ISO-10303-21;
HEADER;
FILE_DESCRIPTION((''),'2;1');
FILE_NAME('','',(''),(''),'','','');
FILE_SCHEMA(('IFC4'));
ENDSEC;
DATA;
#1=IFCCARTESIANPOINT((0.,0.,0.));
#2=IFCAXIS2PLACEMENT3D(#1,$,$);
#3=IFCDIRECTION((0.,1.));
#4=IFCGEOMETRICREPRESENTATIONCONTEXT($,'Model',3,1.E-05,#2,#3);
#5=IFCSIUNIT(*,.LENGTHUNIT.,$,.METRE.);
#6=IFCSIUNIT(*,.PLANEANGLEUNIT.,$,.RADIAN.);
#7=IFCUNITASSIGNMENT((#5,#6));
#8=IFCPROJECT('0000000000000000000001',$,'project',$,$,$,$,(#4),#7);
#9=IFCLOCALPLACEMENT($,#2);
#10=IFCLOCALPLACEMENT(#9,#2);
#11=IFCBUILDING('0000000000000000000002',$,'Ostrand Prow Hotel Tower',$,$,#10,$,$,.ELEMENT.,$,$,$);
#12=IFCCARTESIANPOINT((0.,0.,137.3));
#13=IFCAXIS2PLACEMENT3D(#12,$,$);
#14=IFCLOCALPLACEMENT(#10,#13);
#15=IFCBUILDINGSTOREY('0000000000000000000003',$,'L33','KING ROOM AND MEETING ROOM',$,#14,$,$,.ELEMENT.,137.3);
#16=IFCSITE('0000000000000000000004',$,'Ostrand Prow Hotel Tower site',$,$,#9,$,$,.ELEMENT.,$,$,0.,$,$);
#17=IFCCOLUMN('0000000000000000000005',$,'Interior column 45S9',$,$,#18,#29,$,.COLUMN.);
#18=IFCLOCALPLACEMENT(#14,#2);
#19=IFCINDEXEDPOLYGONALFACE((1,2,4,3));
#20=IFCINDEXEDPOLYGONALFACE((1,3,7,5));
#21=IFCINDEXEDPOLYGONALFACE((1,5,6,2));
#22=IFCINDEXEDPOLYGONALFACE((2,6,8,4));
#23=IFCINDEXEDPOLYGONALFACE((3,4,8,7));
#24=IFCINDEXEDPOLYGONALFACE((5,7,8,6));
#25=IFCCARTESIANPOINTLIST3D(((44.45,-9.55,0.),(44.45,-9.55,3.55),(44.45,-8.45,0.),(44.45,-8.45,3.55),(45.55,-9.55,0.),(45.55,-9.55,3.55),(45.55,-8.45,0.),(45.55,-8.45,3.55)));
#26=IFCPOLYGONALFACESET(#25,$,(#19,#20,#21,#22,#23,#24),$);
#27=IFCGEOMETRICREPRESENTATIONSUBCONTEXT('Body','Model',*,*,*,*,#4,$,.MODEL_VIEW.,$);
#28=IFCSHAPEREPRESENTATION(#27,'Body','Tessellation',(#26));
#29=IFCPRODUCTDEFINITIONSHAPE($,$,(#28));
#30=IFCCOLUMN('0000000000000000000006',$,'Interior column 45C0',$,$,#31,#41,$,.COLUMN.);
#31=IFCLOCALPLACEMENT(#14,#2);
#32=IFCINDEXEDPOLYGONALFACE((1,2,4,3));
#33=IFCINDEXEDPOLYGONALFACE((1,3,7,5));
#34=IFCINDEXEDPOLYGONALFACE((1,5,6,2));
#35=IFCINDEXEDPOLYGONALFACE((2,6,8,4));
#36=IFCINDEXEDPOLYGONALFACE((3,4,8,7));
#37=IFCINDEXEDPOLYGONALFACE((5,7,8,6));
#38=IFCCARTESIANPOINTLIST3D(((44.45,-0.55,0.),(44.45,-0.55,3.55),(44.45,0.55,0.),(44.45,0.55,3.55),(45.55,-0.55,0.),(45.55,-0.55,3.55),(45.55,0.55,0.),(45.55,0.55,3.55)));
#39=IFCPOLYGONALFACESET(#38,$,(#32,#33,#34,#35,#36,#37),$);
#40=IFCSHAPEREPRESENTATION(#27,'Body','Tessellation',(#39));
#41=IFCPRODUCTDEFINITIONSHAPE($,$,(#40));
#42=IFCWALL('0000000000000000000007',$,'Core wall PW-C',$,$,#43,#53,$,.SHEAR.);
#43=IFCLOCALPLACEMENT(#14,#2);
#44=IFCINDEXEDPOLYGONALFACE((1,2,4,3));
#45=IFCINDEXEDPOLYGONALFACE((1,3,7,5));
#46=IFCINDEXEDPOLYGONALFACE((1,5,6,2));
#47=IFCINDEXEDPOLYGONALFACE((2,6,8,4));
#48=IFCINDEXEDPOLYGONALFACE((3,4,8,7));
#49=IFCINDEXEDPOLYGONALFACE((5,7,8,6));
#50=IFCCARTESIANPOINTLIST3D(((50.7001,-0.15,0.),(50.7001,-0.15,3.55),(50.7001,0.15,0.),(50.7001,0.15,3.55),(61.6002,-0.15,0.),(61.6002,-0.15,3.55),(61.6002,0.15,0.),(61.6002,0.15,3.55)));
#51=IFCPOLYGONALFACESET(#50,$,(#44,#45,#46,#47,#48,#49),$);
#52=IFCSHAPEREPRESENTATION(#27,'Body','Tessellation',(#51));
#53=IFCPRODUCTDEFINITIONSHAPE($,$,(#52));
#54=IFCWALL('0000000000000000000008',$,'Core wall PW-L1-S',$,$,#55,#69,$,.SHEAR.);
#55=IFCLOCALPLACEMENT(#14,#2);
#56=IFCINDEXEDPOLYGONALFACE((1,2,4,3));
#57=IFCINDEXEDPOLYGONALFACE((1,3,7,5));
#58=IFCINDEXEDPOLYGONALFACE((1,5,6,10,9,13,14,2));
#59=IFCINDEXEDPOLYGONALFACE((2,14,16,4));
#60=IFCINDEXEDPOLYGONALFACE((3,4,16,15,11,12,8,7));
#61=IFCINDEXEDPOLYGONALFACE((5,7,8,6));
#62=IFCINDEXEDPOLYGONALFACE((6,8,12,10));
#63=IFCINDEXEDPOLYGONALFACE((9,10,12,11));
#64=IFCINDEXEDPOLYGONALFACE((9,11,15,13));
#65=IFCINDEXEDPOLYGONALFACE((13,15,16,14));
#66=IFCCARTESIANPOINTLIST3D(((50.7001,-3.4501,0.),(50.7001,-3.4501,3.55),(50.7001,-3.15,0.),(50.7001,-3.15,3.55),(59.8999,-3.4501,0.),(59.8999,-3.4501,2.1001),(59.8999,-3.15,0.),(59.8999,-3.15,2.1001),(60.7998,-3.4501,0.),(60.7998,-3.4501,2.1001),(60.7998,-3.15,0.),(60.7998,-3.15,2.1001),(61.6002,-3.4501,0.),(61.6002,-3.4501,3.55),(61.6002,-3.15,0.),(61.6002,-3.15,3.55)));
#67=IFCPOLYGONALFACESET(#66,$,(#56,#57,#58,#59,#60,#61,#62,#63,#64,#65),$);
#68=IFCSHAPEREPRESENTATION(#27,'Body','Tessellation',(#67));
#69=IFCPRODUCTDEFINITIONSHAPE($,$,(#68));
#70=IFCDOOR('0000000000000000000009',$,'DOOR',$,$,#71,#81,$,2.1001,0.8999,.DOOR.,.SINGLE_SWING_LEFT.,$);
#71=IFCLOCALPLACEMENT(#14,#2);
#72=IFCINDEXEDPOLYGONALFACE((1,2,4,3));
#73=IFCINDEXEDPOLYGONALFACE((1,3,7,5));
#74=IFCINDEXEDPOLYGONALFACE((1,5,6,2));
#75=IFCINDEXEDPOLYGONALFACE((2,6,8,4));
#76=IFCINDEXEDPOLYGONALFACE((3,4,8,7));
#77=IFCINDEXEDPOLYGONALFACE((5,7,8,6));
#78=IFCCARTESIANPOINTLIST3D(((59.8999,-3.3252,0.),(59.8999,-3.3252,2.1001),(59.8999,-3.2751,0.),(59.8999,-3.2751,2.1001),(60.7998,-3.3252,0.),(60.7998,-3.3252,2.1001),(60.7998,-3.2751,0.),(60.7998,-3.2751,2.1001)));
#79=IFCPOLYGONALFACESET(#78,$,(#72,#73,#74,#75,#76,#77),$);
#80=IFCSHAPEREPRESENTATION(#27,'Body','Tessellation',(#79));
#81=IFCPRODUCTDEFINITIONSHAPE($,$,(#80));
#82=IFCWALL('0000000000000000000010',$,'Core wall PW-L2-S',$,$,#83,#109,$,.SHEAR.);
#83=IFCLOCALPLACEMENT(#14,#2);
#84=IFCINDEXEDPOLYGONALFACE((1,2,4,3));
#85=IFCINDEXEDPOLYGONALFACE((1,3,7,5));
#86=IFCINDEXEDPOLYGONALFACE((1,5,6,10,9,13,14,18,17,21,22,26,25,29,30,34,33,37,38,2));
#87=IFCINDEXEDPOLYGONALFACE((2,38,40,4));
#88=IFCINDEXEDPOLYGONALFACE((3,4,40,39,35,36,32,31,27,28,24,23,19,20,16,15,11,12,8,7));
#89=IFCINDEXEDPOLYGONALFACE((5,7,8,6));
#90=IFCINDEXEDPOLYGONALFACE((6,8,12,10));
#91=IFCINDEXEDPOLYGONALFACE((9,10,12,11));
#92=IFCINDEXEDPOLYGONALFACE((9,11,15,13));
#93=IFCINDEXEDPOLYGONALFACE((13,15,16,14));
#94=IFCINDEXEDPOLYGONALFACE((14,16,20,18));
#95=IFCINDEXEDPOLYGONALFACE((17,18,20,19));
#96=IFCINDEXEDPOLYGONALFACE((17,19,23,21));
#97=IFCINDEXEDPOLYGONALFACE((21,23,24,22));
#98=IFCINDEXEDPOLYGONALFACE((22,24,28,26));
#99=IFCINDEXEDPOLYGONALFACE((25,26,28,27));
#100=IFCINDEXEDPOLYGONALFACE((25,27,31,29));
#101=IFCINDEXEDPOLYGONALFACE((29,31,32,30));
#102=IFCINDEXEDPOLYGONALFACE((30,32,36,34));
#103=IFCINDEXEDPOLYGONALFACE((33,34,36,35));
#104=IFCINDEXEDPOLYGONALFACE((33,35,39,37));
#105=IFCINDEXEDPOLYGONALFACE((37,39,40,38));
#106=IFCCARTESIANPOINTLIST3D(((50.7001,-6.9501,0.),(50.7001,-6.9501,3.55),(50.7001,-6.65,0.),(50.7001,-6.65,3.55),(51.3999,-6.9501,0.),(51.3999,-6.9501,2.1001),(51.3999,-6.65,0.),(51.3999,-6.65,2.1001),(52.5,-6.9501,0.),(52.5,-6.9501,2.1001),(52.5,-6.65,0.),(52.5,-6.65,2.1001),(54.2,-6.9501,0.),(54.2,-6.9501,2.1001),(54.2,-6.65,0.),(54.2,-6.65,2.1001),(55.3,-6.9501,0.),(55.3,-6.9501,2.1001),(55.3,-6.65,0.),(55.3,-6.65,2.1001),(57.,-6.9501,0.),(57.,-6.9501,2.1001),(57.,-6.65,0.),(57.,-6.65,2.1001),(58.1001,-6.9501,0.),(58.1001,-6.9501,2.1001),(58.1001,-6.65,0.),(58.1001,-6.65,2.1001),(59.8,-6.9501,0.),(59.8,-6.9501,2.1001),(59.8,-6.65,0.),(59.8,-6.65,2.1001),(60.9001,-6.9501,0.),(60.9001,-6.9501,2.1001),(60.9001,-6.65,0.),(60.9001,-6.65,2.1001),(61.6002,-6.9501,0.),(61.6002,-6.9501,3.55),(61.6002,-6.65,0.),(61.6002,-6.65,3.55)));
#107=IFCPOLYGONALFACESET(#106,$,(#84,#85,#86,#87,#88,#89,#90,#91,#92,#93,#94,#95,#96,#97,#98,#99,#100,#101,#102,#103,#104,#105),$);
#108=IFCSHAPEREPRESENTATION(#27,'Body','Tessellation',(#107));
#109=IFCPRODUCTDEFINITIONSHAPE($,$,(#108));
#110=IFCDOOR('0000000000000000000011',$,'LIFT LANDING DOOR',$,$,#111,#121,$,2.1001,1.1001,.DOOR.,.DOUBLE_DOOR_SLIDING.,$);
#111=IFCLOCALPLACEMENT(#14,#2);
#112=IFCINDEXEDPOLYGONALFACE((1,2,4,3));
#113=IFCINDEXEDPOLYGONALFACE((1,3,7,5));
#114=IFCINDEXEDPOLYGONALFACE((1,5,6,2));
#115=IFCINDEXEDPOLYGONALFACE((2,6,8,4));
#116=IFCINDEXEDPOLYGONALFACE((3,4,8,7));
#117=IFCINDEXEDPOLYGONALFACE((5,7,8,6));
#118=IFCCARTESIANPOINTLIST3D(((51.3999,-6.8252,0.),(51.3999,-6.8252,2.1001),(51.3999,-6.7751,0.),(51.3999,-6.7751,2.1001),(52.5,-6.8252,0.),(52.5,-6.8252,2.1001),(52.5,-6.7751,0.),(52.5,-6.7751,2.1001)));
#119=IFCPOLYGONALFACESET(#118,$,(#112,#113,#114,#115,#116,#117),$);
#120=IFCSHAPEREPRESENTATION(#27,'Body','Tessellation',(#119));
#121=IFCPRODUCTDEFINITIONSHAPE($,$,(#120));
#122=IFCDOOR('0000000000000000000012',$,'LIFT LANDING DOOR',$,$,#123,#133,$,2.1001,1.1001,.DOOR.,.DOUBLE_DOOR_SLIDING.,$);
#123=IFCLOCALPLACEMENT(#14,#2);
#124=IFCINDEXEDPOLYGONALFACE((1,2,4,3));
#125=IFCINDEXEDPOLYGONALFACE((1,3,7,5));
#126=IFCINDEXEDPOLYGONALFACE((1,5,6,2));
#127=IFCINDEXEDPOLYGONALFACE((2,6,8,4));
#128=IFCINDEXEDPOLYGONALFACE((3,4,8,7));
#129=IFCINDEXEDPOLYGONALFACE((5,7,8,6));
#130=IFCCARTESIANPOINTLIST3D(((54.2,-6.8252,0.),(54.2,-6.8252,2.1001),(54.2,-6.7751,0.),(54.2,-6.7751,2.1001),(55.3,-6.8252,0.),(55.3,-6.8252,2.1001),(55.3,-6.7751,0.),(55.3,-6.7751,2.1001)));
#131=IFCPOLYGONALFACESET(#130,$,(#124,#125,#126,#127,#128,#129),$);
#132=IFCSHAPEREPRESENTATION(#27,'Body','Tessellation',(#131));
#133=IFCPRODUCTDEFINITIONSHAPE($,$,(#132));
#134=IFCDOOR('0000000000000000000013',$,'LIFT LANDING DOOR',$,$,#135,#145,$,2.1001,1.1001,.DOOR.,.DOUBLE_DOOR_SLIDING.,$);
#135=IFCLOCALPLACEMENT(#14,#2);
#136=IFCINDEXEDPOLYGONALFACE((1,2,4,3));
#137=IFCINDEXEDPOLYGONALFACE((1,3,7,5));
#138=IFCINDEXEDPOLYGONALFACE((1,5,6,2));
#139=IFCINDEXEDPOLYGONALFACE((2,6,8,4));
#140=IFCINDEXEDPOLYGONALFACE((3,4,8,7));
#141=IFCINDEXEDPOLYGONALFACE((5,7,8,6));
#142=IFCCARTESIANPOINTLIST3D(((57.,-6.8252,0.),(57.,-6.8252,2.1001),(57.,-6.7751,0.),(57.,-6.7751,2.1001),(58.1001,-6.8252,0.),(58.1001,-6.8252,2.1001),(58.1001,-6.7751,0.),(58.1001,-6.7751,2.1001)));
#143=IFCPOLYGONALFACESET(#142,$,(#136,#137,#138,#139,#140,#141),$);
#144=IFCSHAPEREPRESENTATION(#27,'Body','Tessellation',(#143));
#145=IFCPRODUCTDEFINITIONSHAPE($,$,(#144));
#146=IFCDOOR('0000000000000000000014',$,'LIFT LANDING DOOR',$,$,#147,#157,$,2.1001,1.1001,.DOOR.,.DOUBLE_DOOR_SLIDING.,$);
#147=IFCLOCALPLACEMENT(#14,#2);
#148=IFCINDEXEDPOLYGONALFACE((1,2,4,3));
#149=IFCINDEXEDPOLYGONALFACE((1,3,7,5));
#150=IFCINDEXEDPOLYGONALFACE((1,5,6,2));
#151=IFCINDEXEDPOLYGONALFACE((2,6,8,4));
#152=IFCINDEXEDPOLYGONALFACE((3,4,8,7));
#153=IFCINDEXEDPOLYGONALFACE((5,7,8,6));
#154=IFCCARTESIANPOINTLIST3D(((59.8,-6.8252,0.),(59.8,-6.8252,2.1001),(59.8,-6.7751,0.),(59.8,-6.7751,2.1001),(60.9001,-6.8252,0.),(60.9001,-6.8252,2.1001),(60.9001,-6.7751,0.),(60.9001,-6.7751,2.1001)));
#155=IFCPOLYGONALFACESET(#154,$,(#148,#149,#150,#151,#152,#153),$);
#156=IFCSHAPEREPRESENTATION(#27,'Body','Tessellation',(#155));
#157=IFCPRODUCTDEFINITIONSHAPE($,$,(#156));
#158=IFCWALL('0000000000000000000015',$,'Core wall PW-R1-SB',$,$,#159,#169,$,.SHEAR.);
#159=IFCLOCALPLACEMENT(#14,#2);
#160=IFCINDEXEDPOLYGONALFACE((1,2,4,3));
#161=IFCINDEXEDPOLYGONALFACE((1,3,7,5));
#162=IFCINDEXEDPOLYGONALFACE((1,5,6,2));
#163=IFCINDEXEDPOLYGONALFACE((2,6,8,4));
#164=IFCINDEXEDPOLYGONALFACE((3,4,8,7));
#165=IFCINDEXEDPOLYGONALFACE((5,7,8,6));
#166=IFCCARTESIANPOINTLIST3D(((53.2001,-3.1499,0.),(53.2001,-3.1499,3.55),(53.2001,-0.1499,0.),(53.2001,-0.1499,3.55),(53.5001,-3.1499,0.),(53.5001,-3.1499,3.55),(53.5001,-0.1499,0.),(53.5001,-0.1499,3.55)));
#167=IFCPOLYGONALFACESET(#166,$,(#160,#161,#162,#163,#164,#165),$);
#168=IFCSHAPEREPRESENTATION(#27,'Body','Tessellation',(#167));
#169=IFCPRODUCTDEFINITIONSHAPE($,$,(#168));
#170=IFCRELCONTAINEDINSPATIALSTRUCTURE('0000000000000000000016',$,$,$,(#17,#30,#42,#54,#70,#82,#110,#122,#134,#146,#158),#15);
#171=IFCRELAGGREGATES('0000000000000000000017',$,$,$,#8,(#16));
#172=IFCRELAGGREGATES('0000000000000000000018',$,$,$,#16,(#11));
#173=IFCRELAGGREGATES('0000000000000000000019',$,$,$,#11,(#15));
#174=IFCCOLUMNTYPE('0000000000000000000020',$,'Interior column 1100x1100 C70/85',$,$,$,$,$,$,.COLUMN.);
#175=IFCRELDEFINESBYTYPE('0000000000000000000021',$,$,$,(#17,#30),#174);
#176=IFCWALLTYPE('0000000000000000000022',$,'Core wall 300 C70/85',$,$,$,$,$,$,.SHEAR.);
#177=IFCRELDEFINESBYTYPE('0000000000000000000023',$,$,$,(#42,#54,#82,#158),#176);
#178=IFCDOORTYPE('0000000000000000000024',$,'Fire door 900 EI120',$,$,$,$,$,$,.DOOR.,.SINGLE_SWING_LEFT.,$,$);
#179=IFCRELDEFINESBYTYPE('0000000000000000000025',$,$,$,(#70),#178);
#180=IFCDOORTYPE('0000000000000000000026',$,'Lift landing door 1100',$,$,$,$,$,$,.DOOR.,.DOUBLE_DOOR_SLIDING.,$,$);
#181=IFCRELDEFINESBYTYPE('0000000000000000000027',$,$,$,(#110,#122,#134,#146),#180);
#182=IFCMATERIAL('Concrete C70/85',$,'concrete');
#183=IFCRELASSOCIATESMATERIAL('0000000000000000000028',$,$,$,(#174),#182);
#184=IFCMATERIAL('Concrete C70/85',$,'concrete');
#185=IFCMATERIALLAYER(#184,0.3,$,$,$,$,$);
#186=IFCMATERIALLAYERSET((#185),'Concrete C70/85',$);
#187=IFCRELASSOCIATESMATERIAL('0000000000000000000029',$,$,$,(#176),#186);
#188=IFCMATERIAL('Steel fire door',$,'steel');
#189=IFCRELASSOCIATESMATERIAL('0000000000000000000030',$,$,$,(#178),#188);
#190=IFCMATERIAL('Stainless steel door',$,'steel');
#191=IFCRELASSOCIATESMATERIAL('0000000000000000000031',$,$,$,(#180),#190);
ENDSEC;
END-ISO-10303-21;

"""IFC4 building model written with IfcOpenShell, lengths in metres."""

from ifc_helpers import new_model, si_unit, direction, frame, frame_2d, origin, origin_2d, place, context, subcontext, project, spatial, rectangle, extrude, material, layer, layer_set, material_profile, profile_set, type_object, element, fill, save


model = new_model("IFC4")

# Units and contexts
model_context = context("Model", 3, precision=1e-05, world=origin(), true_north=direction((0.0, 1.0)))
body_context = subcontext(model_context, "Body", "Model", "MODEL_VIEW")
ifc_project = project(units=[si_unit("LENGTHUNIT", "METRE"), si_unit("PLANEANGLEUNIT", "RADIAN")], contexts=[model_context])

# Site, building, storey
site_placement = place(None, origin())
site = spatial("IfcSite", under=ifc_project, at=site_placement, Name="Ostrand Prow Hotel Tower site", CompositionType="ELEMENT", RefElevation=0.0)
building_placement = place(site_placement, origin())
building = spatial("IfcBuilding", under=site, at=building_placement, Name="Ostrand Prow Hotel Tower", CompositionType="ELEMENT")
storey_placement = place(building_placement, frame((0.0, 0.0, 137.3)))
storey = spatial("IfcBuildingStorey", under=building, at=storey_placement, Name="L33", Description="KING ROOM AND MEETING ROOM", CompositionType="ELEMENT", Elevation=137.3)

# Columns
ifc_material_1 = material(Name="Concrete C70/85", Category="concrete")
ifc_material_profile = material_profile(ifc_material_1, rectangle(XDim=1.1001, YDim=1.1001, at=origin_2d()), Name="RC 1100x1100")
ifc_profile_set = profile_set([ifc_material_profile], Name="Concrete C70/85")
column_type = type_object("IfcColumnType", Name="Interior column 1100x1100 C70/85", PredefinedType="COLUMN", material=ifc_profile_set)
for number, where, z_axis, x_axis, name in (
    (1, (45.0, -9.0, 0.0), (0.0, 0.0, 1.0), (1.0, 0.0, 0.0), "Interior column 45S9"),
    (2, (45.0, 0.0, 0.0), (0.0, 0.0, 1.0), (1.0, 0.0, 0.0), "Interior column 45C0"),
):
    element("IfcColumn", number, at=place(storey_placement, frame(where, z_axis=z_axis, x_axis=x_axis)), inside=storey, type_object=column_type, Name=name, PredefinedType="COLUMN", context=body_context, shape_type="SweptSolid", body=[
        extrude(rectangle(XDim=1.1001, YDim=1.1001, at=origin_2d()), origin(), (0.0, 0.0, 1.0), 3.55),
    ])

# Wall
ifc_material_2 = material(Name="Concrete C70/85", Category="concrete")
ifc_layer_1 = layer(ifc_material_2, 0.3)
ifc_layer_set_1 = layer_set([ifc_layer_1], Name="Concrete C70/85")
wall_type_1 = type_object("IfcWallType", Name="Core wall 300 C70/85", PredefinedType="SHEAR", material=ifc_layer_set_1)
wall_1_placement = place(storey_placement, frame((50.7, 0.0, 0.0), z_axis=(0.0, 0.0, 1.0), x_axis=(1.0, 0.0, 0.0)))
element("IfcWall", 3, at=wall_1_placement, inside=storey, type_object=wall_type_1, Name="Core wall PW-C", PredefinedType="SHEAR", context=body_context, shape_type="SweptSolid", body=[
    extrude(rectangle(XDim=10.9001, YDim=0.3, at=frame_2d((5.4502, 0.0))), origin(), (0.0, 0.0, 1.0), 3.55),
])

# Wall, opening, door
wall_2_placement = place(storey_placement, frame((50.7, -3.3, 0.0), z_axis=(0.0, 0.0, 1.0), x_axis=(1.0, 0.0, 0.0)))
wall_2 = element("IfcWall", 4, at=wall_2_placement, inside=storey, type_object=wall_type_1, Name="Core wall PW-L1-S", PredefinedType="SHEAR", context=body_context, shape_type="SweptSolid", body=[
    extrude(rectangle(XDim=10.9001, YDim=0.3, at=frame_2d((5.4502, 0.0))), origin(), (0.0, 0.0, 1.0), 3.55),
])
opening_1_placement = place(wall_2_placement, frame((9.2, 0.0, 0.0)))
opening_1 = element("IfcOpeningElement", 5, at=opening_1_placement, cuts=wall_2, PredefinedType="OPENING", context=body_context, shape_type="SweptSolid", body=[
    extrude(rectangle(XDim=0.8999, YDim=2.1001, at=frame_2d((0.45, 1.05))), frame((0.0, 0.1599, 0.0), z_axis=(0.0, -1.0, 0.0), x_axis=(1.0, 0.0, 0.0)), (0.0, 0.0, 1.0), 0.3201),
])
ifc_material_3 = material(Name="Steel fire door", Category="steel")
door_type_1 = type_object("IfcDoorType", Name="Fire door 900 EI120", OperationType="SINGLE_SWING_LEFT", PredefinedType="DOOR", material=ifc_material_3)
door_1_placement = place(opening_1_placement, origin())
door_1 = element("IfcDoor", 6, at=door_1_placement, inside=storey, type_object=door_type_1, Name="DOOR", OperationType="SINGLE_SWING_LEFT", OverallHeight=2.1001, OverallWidth=0.8999, PredefinedType="DOOR", context=body_context, shape_type="SweptSolid", body=[
    extrude(rectangle(XDim=0.8999, YDim=2.1001, at=frame_2d((0.45, 1.05))), frame((0.0, 0.0249, 0.0), z_axis=(0.0, -1.0, 0.0), x_axis=(1.0, 0.0, 0.0)), (0.0, 0.0, 1.0), 0.05),
])
fill(opening_1, door_1)

# Wall, openings, doors
wall_3_placement = place(storey_placement, frame((50.7, -6.8, 0.0), z_axis=(0.0, 0.0, 1.0), x_axis=(1.0, 0.0, 0.0)))
wall_3 = element("IfcWall", 7, at=wall_3_placement, inside=storey, type_object=wall_type_1, Name="Core wall PW-L2-S", PredefinedType="SHEAR", context=body_context, shape_type="SweptSolid", body=[
    extrude(rectangle(XDim=10.9001, YDim=0.3, at=frame_2d((5.4502, 0.0))), origin(), (0.0, 0.0, 1.0), 3.55),
])
opening_2_placement = place(wall_3_placement, frame((0.7, 0.0, 0.0)))
opening_2 = element("IfcOpeningElement", 8, at=opening_2_placement, cuts=wall_3, PredefinedType="OPENING", context=body_context, shape_type="SweptSolid", body=[
    extrude(rectangle(XDim=1.1001, YDim=2.1001, at=frame_2d((0.55, 1.05))), frame((0.0, 0.1599, 0.0), z_axis=(0.0, -1.0, 0.0), x_axis=(1.0, 0.0, 0.0)), (0.0, 0.0, 1.0), 0.3201),
])
opening_3_placement = place(wall_3_placement, frame((3.5, 0.0, 0.0)))
opening_3 = element("IfcOpeningElement", 9, at=opening_3_placement, cuts=wall_3, PredefinedType="OPENING", context=body_context, shape_type="SweptSolid", body=[
    extrude(rectangle(XDim=1.1001, YDim=2.1001, at=frame_2d((0.55, 1.05))), frame((0.0, 0.1599, 0.0), z_axis=(0.0, -1.0, 0.0), x_axis=(1.0, 0.0, 0.0)), (0.0, 0.0, 1.0), 0.3201),
])
opening_4_placement = place(wall_3_placement, frame((6.3, 0.0, 0.0)))
opening_4 = element("IfcOpeningElement", 10, at=opening_4_placement, cuts=wall_3, PredefinedType="OPENING", context=body_context, shape_type="SweptSolid", body=[
    extrude(rectangle(XDim=1.1001, YDim=2.1001, at=frame_2d((0.55, 1.05))), frame((0.0, 0.1599, 0.0), z_axis=(0.0, -1.0, 0.0), x_axis=(1.0, 0.0, 0.0)), (0.0, 0.0, 1.0), 0.3201),
])
opening_5_placement = place(wall_3_placement, frame((9.1001, 0.0, 0.0)))
opening_5 = element("IfcOpeningElement", 11, at=opening_5_placement, cuts=wall_3, PredefinedType="OPENING", context=body_context, shape_type="SweptSolid", body=[
    extrude(rectangle(XDim=1.1001, YDim=2.1001, at=frame_2d((0.55, 1.05))), frame((0.0, 0.1599, 0.0), z_axis=(0.0, -1.0, 0.0), x_axis=(1.0, 0.0, 0.0)), (0.0, 0.0, 1.0), 0.3201),
])
ifc_material_4 = material(Name="Stainless steel door", Category="steel")
door_type_2 = type_object("IfcDoorType", Name="Lift landing door 1100", OperationType="DOUBLE_DOOR_SLIDING", PredefinedType="DOOR", material=ifc_material_4)
door_2_placement = place(opening_2_placement, origin())
door_2 = element("IfcDoor", 12, at=door_2_placement, inside=storey, type_object=door_type_2, Name="LIFT LANDING DOOR", OperationType="DOUBLE_DOOR_SLIDING", OverallHeight=2.1001, OverallWidth=1.1001, PredefinedType="DOOR", context=body_context, shape_type="SweptSolid", body=[
    extrude(rectangle(XDim=1.1001, YDim=2.1001, at=frame_2d((0.55, 1.05))), frame((0.0, 0.0249, 0.0), z_axis=(0.0, -1.0, 0.0), x_axis=(1.0, 0.0, 0.0)), (0.0, 0.0, 1.0), 0.05),
])
fill(opening_2, door_2)
door_3_placement = place(opening_3_placement, origin())
door_3 = element("IfcDoor", 13, at=door_3_placement, inside=storey, type_object=door_type_2, Name="LIFT LANDING DOOR", OperationType="DOUBLE_DOOR_SLIDING", OverallHeight=2.1001, OverallWidth=1.1001, PredefinedType="DOOR", context=body_context, shape_type="SweptSolid", body=[
    extrude(rectangle(XDim=1.1001, YDim=2.1001, at=frame_2d((0.55, 1.05))), frame((0.0, 0.0249, 0.0), z_axis=(0.0, -1.0, 0.0), x_axis=(1.0, 0.0, 0.0)), (0.0, 0.0, 1.0), 0.05),
])
fill(opening_3, door_3)
door_4_placement = place(opening_4_placement, origin())
door_4 = element("IfcDoor", 14, at=door_4_placement, inside=storey, type_object=door_type_2, Name="LIFT LANDING DOOR", OperationType="DOUBLE_DOOR_SLIDING", OverallHeight=2.1001, OverallWidth=1.1001, PredefinedType="DOOR", context=body_context, shape_type="SweptSolid", body=[
    extrude(rectangle(XDim=1.1001, YDim=2.1001, at=frame_2d((0.55, 1.05))), frame((0.0, 0.0249, 0.0), z_axis=(0.0, -1.0, 0.0), x_axis=(1.0, 0.0, 0.0)), (0.0, 0.0, 1.0), 0.05),
])
fill(opening_4, door_4)
door_5_placement = place(opening_5_placement, origin())
door_5 = element("IfcDoor", 15, at=door_5_placement, inside=storey, type_object=door_type_2, Name="LIFT LANDING DOOR", OperationType="DOUBLE_DOOR_SLIDING", OverallHeight=2.1001, OverallWidth=1.1001, PredefinedType="DOOR", context=body_context, shape_type="SweptSolid", body=[
    extrude(rectangle(XDim=1.1001, YDim=2.1001, at=frame_2d((0.55, 1.05))), frame((0.0, 0.0249, 0.0), z_axis=(0.0, -1.0, 0.0), x_axis=(1.0, 0.0, 0.0)), (0.0, 0.0, 1.0), 0.05),
])
fill(opening_5, door_5)

# Wall
for number, where, z_axis, x_axis, name in (
    (16, (53.3501, -3.1499, 0.0), (0.0, 0.0, 1.0), (0.0, 1.0, 0.0), "Core wall PW-R1-SB"),
):
    element("IfcWall", number, at=place(storey_placement, frame(where, z_axis=z_axis, x_axis=x_axis)), inside=storey, type_object=wall_type_1, Name=name, PredefinedType="SHEAR", context=body_context, shape_type="SweptSolid", body=[
        extrude(rectangle(XDim=3.0, YDim=0.3, at=frame_2d((1.5, 0.0))), origin(), (0.0, 0.0, 1.0), 3.55),
    ])

save(model, "model.ifc")
